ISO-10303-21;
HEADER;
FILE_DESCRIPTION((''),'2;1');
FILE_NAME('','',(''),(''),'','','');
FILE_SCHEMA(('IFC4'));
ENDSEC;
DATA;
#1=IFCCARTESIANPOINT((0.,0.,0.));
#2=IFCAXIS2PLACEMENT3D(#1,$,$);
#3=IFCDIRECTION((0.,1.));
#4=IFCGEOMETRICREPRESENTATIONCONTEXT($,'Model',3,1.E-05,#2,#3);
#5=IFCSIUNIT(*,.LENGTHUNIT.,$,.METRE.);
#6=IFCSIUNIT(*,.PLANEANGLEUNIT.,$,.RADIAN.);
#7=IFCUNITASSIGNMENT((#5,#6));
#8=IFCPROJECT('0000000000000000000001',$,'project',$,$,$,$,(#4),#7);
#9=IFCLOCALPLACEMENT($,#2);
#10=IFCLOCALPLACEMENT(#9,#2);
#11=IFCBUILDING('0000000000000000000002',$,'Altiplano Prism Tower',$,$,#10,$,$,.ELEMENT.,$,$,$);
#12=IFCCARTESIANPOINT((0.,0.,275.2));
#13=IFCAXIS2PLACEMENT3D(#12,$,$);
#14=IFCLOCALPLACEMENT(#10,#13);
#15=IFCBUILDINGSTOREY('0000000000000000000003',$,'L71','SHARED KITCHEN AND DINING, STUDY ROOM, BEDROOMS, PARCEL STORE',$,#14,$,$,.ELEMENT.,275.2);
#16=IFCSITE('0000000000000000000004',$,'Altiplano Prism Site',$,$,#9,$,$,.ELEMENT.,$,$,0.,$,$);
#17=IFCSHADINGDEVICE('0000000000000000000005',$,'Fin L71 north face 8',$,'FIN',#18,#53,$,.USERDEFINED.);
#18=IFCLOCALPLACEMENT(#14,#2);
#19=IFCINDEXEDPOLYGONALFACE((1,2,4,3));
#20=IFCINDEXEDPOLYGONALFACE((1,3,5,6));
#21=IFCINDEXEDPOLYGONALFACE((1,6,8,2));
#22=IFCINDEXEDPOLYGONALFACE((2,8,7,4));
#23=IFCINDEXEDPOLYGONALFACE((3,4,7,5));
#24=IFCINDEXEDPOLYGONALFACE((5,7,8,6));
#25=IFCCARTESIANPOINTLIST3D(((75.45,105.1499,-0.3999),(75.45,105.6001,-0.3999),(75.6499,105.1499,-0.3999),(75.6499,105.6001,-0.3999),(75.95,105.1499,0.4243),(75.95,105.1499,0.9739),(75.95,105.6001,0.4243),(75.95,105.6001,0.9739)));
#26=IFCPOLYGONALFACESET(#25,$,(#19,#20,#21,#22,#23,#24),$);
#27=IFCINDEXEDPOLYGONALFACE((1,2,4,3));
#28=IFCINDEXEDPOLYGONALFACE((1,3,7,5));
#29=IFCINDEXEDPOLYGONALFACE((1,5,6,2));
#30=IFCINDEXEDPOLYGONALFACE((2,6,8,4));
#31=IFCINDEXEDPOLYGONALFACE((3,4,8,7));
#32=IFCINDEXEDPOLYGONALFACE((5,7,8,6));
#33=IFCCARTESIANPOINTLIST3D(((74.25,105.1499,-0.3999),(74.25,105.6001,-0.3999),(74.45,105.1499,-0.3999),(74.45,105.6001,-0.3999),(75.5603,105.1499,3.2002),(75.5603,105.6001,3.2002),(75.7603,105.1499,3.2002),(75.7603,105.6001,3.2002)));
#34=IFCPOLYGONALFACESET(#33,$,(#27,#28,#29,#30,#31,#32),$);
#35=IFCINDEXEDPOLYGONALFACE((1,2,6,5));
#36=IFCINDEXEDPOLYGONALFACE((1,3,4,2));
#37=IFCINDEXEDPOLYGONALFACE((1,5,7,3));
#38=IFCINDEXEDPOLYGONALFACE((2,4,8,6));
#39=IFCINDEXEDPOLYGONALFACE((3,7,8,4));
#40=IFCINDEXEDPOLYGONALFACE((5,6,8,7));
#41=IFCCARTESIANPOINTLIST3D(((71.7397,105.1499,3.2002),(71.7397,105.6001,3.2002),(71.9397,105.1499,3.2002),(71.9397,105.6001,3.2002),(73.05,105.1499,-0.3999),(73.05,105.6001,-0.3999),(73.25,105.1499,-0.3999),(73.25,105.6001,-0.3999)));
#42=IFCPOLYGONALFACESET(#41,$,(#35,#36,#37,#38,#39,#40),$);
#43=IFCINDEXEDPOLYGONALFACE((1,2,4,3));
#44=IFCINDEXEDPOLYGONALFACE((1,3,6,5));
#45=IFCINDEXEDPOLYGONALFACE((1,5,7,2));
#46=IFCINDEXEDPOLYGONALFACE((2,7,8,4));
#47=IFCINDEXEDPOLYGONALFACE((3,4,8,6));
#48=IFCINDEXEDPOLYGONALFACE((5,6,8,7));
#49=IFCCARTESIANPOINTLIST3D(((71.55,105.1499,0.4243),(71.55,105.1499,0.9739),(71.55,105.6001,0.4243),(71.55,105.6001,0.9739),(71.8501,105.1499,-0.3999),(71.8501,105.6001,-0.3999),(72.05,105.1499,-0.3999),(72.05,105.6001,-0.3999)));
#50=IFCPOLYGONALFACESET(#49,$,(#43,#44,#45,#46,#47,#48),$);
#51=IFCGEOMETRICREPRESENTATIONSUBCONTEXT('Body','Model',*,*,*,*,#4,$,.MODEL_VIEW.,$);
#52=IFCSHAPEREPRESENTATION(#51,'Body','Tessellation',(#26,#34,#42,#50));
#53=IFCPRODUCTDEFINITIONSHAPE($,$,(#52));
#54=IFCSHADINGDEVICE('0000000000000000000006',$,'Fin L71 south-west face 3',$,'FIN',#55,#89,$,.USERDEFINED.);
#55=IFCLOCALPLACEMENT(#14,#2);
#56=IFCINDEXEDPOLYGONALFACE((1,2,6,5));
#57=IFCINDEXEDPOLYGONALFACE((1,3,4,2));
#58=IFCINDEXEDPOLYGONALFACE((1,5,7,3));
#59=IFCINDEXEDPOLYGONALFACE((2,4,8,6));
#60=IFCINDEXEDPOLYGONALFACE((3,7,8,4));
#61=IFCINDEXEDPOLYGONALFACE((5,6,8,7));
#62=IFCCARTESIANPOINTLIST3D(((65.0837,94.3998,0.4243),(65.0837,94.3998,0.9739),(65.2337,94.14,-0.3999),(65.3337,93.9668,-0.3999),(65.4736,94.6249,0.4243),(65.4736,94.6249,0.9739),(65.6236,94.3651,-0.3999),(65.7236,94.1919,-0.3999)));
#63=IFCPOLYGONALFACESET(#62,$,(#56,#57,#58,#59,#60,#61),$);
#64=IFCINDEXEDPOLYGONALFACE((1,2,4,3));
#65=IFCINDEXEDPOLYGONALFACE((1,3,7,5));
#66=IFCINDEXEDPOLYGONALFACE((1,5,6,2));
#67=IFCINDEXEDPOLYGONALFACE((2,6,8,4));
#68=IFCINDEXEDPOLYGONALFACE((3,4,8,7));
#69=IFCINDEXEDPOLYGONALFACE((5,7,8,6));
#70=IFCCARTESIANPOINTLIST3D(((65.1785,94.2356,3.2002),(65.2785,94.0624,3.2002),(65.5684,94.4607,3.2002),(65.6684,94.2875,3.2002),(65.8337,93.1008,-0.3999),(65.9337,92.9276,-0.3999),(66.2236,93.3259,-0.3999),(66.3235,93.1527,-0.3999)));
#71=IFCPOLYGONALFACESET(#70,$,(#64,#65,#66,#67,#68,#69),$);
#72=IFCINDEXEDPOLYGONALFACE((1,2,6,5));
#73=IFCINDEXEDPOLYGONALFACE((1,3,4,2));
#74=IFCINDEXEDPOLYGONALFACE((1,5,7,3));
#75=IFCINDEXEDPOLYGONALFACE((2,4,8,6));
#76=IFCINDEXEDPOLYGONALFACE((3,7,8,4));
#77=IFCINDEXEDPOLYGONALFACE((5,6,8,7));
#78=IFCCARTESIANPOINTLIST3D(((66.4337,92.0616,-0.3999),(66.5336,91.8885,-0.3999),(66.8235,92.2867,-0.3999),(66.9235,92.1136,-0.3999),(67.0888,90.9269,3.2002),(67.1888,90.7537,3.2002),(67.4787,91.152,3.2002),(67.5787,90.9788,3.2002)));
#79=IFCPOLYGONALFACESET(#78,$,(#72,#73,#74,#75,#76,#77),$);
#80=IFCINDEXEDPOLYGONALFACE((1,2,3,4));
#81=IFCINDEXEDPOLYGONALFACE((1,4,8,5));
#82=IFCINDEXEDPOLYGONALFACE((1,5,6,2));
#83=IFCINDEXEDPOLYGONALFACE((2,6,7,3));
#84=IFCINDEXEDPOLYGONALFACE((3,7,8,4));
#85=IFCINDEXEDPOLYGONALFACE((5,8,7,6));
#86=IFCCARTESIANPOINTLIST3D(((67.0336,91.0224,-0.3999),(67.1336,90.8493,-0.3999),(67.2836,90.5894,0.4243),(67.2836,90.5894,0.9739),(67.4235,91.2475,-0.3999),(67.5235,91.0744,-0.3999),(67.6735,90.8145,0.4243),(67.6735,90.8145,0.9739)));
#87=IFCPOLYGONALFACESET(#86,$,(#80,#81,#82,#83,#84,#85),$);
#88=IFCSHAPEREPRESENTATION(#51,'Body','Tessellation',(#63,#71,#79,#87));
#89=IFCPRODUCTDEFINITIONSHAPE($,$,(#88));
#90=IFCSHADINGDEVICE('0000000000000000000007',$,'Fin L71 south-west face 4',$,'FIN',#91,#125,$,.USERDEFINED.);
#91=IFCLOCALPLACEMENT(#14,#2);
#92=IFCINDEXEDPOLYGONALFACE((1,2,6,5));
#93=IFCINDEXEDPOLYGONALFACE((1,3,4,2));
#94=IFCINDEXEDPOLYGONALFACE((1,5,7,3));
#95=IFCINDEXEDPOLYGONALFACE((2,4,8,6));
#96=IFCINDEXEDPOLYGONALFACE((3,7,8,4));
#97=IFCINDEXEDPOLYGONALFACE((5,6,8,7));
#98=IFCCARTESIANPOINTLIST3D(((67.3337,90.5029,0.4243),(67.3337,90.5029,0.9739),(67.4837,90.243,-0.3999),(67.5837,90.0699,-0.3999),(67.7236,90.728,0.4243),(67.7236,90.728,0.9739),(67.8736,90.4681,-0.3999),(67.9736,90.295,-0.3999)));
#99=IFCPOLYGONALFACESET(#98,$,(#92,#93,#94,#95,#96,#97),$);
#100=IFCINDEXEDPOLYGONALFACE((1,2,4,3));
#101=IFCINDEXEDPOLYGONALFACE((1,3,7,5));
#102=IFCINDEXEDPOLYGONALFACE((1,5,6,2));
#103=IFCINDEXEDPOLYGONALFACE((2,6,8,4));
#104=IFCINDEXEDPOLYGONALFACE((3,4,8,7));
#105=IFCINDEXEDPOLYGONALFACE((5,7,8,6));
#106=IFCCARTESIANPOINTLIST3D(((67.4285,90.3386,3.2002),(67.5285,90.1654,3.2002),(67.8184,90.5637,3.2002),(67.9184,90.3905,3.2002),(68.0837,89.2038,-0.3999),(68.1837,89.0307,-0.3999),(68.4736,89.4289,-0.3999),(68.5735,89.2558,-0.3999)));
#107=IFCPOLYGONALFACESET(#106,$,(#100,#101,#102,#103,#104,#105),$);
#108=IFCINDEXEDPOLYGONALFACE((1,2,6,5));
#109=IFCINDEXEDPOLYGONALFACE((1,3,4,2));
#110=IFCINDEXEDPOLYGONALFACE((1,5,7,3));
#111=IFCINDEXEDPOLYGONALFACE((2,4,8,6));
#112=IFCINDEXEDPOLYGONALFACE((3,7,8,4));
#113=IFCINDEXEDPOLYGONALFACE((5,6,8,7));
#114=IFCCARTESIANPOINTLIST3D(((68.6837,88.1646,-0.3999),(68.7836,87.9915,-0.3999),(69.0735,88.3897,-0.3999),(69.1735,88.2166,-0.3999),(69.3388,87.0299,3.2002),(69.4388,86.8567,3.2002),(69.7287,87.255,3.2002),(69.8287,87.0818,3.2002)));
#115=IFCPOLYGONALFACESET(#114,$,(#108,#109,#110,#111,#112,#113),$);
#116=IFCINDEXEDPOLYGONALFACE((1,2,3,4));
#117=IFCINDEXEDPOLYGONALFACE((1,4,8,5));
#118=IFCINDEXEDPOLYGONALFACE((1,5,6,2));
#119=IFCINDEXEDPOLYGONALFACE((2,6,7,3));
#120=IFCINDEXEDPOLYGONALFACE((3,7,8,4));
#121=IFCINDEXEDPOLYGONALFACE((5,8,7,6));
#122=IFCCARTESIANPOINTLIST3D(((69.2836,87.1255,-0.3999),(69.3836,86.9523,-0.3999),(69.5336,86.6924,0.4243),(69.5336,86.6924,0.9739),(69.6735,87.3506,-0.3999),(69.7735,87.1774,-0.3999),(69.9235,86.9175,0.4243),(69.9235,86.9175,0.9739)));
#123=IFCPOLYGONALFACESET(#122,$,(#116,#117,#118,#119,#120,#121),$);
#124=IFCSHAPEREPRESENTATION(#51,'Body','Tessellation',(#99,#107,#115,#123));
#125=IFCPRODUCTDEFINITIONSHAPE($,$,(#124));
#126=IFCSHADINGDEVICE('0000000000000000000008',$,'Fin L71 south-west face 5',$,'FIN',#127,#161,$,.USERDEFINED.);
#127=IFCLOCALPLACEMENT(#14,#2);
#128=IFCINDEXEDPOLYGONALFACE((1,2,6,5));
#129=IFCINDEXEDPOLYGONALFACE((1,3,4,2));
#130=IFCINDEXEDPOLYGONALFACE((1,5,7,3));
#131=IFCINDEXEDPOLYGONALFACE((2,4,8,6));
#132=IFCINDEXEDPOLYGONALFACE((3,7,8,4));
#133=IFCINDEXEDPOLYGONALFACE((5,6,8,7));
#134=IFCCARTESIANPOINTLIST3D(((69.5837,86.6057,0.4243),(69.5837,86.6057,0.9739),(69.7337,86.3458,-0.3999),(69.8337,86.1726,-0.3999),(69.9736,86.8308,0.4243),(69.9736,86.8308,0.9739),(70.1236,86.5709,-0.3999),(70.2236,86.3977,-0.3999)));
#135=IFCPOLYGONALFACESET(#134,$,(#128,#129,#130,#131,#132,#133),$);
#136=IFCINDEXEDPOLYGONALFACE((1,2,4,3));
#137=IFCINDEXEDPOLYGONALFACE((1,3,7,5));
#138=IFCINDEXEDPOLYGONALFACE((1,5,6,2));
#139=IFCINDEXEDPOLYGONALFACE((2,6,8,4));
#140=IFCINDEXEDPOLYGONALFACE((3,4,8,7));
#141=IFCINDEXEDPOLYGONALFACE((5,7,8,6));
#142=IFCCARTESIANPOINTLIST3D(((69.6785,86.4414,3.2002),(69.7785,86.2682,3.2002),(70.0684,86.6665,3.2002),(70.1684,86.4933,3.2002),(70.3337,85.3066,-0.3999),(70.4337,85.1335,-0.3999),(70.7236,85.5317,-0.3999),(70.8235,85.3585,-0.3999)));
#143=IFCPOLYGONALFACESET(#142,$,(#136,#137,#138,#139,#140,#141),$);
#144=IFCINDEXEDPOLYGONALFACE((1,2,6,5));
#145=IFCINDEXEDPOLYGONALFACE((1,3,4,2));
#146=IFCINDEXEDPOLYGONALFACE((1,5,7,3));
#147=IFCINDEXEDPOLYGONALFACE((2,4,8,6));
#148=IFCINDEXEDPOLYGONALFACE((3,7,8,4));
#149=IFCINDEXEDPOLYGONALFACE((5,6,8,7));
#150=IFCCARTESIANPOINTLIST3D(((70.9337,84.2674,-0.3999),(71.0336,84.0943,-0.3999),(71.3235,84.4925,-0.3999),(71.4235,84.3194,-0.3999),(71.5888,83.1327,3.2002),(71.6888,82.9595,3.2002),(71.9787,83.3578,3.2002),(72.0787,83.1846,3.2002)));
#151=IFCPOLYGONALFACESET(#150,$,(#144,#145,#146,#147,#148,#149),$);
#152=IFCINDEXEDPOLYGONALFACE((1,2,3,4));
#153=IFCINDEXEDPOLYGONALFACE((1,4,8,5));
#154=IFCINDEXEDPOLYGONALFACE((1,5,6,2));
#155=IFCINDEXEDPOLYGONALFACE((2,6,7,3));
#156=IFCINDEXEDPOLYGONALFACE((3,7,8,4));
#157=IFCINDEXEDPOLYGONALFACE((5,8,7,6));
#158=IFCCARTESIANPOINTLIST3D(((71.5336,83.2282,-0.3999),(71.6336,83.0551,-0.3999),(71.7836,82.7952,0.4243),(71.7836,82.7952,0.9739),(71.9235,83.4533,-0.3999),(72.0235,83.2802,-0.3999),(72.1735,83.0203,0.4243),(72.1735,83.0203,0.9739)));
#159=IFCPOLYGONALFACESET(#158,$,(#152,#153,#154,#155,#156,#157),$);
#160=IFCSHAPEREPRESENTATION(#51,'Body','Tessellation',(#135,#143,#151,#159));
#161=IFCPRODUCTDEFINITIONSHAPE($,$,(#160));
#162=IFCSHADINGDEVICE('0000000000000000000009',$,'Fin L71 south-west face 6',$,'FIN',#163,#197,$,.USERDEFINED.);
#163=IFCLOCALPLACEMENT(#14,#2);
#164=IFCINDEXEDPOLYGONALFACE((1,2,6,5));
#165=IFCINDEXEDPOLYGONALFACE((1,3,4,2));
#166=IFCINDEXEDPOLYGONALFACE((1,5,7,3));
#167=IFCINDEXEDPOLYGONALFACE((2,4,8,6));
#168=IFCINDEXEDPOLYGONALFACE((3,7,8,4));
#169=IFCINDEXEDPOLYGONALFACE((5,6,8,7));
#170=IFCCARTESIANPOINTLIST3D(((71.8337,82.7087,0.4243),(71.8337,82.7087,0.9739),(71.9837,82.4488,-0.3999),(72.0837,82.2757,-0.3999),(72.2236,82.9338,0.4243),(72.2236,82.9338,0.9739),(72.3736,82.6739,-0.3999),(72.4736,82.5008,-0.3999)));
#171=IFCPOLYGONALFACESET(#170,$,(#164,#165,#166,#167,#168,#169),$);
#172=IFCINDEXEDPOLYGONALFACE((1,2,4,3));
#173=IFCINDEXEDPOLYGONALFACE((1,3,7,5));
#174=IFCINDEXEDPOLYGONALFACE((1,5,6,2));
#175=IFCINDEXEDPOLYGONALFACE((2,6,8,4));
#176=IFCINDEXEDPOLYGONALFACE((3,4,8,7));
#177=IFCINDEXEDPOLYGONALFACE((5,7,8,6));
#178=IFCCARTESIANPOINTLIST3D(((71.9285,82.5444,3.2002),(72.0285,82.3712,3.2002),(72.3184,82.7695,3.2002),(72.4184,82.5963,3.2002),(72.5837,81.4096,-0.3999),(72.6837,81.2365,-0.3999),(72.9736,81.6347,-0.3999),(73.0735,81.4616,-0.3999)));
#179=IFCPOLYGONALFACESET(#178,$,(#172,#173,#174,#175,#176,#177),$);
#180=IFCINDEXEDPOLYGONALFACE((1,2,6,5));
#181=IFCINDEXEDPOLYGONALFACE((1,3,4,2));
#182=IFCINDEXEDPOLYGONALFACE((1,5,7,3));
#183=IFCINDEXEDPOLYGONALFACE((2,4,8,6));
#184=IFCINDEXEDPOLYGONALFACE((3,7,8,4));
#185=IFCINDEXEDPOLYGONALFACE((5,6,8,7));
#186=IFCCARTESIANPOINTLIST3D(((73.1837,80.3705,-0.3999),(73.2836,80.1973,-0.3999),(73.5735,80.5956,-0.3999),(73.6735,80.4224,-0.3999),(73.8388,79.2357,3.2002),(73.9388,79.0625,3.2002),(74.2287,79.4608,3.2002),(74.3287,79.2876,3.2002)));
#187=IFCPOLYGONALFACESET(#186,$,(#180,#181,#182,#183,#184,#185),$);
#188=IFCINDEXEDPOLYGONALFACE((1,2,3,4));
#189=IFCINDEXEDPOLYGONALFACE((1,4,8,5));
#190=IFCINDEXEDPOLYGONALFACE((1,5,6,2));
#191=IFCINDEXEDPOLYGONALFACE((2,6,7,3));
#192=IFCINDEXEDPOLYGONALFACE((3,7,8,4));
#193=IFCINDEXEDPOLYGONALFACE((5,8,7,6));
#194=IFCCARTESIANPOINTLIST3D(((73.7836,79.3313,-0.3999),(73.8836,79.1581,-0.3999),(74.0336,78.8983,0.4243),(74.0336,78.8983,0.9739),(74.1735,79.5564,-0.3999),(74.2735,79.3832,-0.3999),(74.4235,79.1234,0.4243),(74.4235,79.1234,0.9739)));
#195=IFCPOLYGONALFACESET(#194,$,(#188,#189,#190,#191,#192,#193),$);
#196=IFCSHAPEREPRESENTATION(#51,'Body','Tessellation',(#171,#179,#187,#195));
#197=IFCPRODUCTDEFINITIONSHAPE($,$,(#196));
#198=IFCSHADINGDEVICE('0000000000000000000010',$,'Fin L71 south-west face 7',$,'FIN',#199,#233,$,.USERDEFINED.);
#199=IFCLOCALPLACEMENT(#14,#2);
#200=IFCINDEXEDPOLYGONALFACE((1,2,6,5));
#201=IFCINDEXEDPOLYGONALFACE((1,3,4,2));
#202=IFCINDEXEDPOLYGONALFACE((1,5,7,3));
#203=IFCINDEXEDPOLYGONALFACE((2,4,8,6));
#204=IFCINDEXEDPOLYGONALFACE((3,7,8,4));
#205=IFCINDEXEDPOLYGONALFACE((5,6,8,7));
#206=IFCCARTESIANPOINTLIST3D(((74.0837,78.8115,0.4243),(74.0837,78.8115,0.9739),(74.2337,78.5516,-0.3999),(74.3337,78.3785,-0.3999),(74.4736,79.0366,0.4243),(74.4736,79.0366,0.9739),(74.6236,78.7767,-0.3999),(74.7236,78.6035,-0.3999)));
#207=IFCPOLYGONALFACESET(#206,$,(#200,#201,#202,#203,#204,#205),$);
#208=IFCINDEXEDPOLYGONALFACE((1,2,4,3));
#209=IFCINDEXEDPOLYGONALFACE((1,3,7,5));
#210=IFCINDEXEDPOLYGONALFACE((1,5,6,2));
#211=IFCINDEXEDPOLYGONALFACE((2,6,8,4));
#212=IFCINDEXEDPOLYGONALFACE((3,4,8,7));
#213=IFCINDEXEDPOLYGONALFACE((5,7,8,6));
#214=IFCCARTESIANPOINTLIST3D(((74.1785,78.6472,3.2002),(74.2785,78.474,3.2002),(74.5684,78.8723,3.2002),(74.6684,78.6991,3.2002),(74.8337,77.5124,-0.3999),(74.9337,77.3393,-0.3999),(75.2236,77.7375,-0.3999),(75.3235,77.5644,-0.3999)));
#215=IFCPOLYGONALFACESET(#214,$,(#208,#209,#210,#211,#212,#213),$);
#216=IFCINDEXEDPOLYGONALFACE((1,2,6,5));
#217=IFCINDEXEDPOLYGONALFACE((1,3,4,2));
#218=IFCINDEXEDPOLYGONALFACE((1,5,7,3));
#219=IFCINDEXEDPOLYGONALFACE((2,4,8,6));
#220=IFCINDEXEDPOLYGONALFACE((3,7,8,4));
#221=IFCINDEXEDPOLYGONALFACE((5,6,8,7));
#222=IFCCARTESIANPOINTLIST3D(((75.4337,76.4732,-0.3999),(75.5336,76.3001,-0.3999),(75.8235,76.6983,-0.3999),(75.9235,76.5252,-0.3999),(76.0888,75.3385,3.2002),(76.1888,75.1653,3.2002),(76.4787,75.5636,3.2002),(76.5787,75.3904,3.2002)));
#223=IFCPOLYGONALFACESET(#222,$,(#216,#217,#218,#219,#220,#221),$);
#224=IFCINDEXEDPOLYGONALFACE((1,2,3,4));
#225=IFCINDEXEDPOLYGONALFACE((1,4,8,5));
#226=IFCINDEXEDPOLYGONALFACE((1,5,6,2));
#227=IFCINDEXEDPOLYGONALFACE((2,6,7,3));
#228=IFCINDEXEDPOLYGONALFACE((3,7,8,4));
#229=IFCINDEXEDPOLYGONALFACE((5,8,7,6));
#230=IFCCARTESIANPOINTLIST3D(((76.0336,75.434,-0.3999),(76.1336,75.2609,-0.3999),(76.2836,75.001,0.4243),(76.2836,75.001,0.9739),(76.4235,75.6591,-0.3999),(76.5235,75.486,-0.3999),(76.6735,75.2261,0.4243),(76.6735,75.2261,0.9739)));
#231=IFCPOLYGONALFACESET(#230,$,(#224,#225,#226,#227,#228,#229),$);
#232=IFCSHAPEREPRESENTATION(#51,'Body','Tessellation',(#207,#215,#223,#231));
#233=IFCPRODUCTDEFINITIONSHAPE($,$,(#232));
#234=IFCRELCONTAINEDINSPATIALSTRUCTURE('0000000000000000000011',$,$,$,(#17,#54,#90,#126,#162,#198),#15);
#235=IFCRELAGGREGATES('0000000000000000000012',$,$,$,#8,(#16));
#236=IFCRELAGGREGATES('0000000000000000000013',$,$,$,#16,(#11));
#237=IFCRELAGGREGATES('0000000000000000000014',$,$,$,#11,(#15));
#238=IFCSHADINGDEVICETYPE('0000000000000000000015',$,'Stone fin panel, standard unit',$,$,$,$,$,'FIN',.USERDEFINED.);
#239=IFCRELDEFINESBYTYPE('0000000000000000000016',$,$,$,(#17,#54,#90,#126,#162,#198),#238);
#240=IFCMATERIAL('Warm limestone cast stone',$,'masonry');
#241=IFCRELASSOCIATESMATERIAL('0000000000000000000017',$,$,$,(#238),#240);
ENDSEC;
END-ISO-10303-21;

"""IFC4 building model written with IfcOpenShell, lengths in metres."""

from ifc_helpers import new_model, si_unit, direction, frame, origin, place, context, subcontext, project, spatial, polyline, outline, extrude, source, transform, mapped, material, type_object, element, save


model = new_model("IFC4")

# Units and contexts
model_context = context("Model", 3, precision=1e-05, world=origin(), true_north=direction((0.0, 1.0)))
body_context = subcontext(model_context, "Body", "Model", "MODEL_VIEW")
ifc_project = project(units=[si_unit("LENGTHUNIT", "METRE"), si_unit("PLANEANGLEUNIT", "RADIAN")], contexts=[model_context])

# Site, building, storey
site_placement = place(None, origin())
site = spatial("IfcSite", under=ifc_project, at=site_placement, Name="Altiplano Prism Site", CompositionType="ELEMENT", RefElevation=0.0)
building_placement = place(site_placement, origin())
building = spatial("IfcBuilding", under=site, at=building_placement, Name="Altiplano Prism Tower", CompositionType="ELEMENT")
storey_placement = place(building_placement, frame((0.0, 0.0, 275.2)))
storey = spatial("IfcBuildingStorey", under=building, at=storey_placement, Name="L71", Description="SHARED KITCHEN AND DINING, STUDY ROOM, BEDROOMS, PARCEL STORE", CompositionType="ELEMENT", Elevation=275.2)

# Shading devices
ifc_material_1 = material(Name="Warm limestone cast stone", Category="masonry")
shading_device_type_1 = type_object("IfcShadingDeviceType", Name="Stone fin panel, standard unit", ElementType="FIN", PredefinedType="USERDEFINED", material=ifc_material_1)
shared_shape_1 = source(origin(), body_context, "Body", "SweptSolid", [
    extrude(outline(polyline([(-2.2, 1.3738), (-2.2, 0.8242), (-1.8999, 0.0), (-1.7, 0.0), (-2.2, 1.3738)])), frame((0.0, -0.1499, 0.0), z_axis=(0.0, -1.0, 0.0), x_axis=(1.0, 0.0, 0.0)), (0.0, 0.0, 1.0), 0.4502),
    extrude(outline(polyline([(-2.0103, 3.6001), (-0.7, 0.0), (-0.5, 0.0), (-1.8103, 3.6001), (-2.0103, 3.6001)])), frame((0.0, -0.1499, 0.0), z_axis=(0.0, -1.0, 0.0), x_axis=(1.0, 0.0, 0.0)), (0.0, 0.0, 1.0), 0.4502),
    extrude(outline(polyline([(1.8103, 3.6001), (0.5, 0.0), (0.7, 0.0), (2.0103, 3.6001), (1.8103, 3.6001)])), frame((0.0, -0.1499, 0.0), z_axis=(0.0, -1.0, 0.0), x_axis=(1.0, 0.0, 0.0)), (0.0, 0.0, 1.0), 0.4502),
    extrude(outline(polyline([(2.2, 0.8242), (2.2, 1.3738), (1.7, 0.0), (1.8999, 0.0), (2.2, 0.8242)])), frame((0.0, -0.1499, 0.0), z_axis=(0.0, -1.0, 0.0), x_axis=(1.0, 0.0, 0.0)), (0.0, 0.0, 1.0), 0.4502),
])
shading_device_1_placement = place(storey_placement, origin())
element("IfcShadingDevice", 1, at=shading_device_1_placement, inside=storey, type_object=shading_device_type_1, Name="Fin L71 north face 8", ObjectType="FIN", PredefinedType="USERDEFINED", context=body_context, shape_type="MappedRepresentation", body=[
    mapped(shared_shape_1, transform((73.75, 105.0, -0.3999), x_axis=(-1.0, 0.0, 0.0), y_axis=(0.0, -1.0, 0.0), z_axis=(0.0, 0.0, 1.0))),
])
shading_device_2_placement = place(storey_placement, origin())
element("IfcShadingDevice", 2, at=shading_device_2_placement, inside=storey, type_object=shading_device_type_1, Name="Fin L71 south-west face 3", ObjectType="FIN", PredefinedType="USERDEFINED", context=body_context, shape_type="MappedRepresentation", body=[
    mapped(shared_shape_1, transform((66.7034, 92.7947, -0.3999), x_axis=(0.5, -0.866025, 0.0), y_axis=(0.866025, 0.5, 0.0), z_axis=(0.0, 0.0, 1.0))),
])
shading_device_3_placement = place(storey_placement, origin())
element("IfcShadingDevice", 3, at=shading_device_3_placement, inside=storey, type_object=shading_device_type_1, Name="Fin L71 south-west face 4", ObjectType="FIN", PredefinedType="USERDEFINED", context=body_context, shape_type="MappedRepresentation", body=[
    mapped(shared_shape_1, transform((68.9534, 88.8977, -0.3999), x_axis=(0.5, -0.866025, 0.0), y_axis=(0.866025, 0.5, 0.0), z_axis=(0.0, 0.0, 1.0))),
])
shading_device_4_placement = place(storey_placement, origin())
element("IfcShadingDevice", 4, at=shading_device_4_placement, inside=storey, type_object=shading_device_type_1, Name="Fin L71 south-west face 5", ObjectType="FIN", PredefinedType="USERDEFINED", context=body_context, shape_type="MappedRepresentation", body=[
    mapped(shared_shape_1, transform((71.2034, 85.0005, -0.3999), x_axis=(0.5, -0.866025, 0.0), y_axis=(0.866025, 0.5, 0.0), z_axis=(0.0, 0.0, 1.0))),
])
shading_device_5_placement = place(storey_placement, origin())
element("IfcShadingDevice", 5, at=shading_device_5_placement, inside=storey, type_object=shading_device_type_1, Name="Fin L71 south-west face 6", ObjectType="FIN", PredefinedType="USERDEFINED", context=body_context, shape_type="MappedRepresentation", body=[
    mapped(shared_shape_1, transform((73.4534, 81.1035, -0.3999), x_axis=(0.5, -0.866025, 0.0), y_axis=(0.866025, 0.5, 0.0), z_axis=(0.0, 0.0, 1.0))),
])
shading_device_6_placement = place(storey_placement, origin())
element("IfcShadingDevice", 6, at=shading_device_6_placement, inside=storey, type_object=shading_device_type_1, Name="Fin L71 south-west face 7", ObjectType="FIN", PredefinedType="USERDEFINED", context=body_context, shape_type="MappedRepresentation", body=[
    mapped(shared_shape_1, transform((75.7034, 77.2063, -0.3999), x_axis=(0.5, -0.866025, 0.0), y_axis=(0.866025, 0.5, 0.0), z_axis=(0.0, 0.0, 1.0))),
])

save(model, "model.ifc")
